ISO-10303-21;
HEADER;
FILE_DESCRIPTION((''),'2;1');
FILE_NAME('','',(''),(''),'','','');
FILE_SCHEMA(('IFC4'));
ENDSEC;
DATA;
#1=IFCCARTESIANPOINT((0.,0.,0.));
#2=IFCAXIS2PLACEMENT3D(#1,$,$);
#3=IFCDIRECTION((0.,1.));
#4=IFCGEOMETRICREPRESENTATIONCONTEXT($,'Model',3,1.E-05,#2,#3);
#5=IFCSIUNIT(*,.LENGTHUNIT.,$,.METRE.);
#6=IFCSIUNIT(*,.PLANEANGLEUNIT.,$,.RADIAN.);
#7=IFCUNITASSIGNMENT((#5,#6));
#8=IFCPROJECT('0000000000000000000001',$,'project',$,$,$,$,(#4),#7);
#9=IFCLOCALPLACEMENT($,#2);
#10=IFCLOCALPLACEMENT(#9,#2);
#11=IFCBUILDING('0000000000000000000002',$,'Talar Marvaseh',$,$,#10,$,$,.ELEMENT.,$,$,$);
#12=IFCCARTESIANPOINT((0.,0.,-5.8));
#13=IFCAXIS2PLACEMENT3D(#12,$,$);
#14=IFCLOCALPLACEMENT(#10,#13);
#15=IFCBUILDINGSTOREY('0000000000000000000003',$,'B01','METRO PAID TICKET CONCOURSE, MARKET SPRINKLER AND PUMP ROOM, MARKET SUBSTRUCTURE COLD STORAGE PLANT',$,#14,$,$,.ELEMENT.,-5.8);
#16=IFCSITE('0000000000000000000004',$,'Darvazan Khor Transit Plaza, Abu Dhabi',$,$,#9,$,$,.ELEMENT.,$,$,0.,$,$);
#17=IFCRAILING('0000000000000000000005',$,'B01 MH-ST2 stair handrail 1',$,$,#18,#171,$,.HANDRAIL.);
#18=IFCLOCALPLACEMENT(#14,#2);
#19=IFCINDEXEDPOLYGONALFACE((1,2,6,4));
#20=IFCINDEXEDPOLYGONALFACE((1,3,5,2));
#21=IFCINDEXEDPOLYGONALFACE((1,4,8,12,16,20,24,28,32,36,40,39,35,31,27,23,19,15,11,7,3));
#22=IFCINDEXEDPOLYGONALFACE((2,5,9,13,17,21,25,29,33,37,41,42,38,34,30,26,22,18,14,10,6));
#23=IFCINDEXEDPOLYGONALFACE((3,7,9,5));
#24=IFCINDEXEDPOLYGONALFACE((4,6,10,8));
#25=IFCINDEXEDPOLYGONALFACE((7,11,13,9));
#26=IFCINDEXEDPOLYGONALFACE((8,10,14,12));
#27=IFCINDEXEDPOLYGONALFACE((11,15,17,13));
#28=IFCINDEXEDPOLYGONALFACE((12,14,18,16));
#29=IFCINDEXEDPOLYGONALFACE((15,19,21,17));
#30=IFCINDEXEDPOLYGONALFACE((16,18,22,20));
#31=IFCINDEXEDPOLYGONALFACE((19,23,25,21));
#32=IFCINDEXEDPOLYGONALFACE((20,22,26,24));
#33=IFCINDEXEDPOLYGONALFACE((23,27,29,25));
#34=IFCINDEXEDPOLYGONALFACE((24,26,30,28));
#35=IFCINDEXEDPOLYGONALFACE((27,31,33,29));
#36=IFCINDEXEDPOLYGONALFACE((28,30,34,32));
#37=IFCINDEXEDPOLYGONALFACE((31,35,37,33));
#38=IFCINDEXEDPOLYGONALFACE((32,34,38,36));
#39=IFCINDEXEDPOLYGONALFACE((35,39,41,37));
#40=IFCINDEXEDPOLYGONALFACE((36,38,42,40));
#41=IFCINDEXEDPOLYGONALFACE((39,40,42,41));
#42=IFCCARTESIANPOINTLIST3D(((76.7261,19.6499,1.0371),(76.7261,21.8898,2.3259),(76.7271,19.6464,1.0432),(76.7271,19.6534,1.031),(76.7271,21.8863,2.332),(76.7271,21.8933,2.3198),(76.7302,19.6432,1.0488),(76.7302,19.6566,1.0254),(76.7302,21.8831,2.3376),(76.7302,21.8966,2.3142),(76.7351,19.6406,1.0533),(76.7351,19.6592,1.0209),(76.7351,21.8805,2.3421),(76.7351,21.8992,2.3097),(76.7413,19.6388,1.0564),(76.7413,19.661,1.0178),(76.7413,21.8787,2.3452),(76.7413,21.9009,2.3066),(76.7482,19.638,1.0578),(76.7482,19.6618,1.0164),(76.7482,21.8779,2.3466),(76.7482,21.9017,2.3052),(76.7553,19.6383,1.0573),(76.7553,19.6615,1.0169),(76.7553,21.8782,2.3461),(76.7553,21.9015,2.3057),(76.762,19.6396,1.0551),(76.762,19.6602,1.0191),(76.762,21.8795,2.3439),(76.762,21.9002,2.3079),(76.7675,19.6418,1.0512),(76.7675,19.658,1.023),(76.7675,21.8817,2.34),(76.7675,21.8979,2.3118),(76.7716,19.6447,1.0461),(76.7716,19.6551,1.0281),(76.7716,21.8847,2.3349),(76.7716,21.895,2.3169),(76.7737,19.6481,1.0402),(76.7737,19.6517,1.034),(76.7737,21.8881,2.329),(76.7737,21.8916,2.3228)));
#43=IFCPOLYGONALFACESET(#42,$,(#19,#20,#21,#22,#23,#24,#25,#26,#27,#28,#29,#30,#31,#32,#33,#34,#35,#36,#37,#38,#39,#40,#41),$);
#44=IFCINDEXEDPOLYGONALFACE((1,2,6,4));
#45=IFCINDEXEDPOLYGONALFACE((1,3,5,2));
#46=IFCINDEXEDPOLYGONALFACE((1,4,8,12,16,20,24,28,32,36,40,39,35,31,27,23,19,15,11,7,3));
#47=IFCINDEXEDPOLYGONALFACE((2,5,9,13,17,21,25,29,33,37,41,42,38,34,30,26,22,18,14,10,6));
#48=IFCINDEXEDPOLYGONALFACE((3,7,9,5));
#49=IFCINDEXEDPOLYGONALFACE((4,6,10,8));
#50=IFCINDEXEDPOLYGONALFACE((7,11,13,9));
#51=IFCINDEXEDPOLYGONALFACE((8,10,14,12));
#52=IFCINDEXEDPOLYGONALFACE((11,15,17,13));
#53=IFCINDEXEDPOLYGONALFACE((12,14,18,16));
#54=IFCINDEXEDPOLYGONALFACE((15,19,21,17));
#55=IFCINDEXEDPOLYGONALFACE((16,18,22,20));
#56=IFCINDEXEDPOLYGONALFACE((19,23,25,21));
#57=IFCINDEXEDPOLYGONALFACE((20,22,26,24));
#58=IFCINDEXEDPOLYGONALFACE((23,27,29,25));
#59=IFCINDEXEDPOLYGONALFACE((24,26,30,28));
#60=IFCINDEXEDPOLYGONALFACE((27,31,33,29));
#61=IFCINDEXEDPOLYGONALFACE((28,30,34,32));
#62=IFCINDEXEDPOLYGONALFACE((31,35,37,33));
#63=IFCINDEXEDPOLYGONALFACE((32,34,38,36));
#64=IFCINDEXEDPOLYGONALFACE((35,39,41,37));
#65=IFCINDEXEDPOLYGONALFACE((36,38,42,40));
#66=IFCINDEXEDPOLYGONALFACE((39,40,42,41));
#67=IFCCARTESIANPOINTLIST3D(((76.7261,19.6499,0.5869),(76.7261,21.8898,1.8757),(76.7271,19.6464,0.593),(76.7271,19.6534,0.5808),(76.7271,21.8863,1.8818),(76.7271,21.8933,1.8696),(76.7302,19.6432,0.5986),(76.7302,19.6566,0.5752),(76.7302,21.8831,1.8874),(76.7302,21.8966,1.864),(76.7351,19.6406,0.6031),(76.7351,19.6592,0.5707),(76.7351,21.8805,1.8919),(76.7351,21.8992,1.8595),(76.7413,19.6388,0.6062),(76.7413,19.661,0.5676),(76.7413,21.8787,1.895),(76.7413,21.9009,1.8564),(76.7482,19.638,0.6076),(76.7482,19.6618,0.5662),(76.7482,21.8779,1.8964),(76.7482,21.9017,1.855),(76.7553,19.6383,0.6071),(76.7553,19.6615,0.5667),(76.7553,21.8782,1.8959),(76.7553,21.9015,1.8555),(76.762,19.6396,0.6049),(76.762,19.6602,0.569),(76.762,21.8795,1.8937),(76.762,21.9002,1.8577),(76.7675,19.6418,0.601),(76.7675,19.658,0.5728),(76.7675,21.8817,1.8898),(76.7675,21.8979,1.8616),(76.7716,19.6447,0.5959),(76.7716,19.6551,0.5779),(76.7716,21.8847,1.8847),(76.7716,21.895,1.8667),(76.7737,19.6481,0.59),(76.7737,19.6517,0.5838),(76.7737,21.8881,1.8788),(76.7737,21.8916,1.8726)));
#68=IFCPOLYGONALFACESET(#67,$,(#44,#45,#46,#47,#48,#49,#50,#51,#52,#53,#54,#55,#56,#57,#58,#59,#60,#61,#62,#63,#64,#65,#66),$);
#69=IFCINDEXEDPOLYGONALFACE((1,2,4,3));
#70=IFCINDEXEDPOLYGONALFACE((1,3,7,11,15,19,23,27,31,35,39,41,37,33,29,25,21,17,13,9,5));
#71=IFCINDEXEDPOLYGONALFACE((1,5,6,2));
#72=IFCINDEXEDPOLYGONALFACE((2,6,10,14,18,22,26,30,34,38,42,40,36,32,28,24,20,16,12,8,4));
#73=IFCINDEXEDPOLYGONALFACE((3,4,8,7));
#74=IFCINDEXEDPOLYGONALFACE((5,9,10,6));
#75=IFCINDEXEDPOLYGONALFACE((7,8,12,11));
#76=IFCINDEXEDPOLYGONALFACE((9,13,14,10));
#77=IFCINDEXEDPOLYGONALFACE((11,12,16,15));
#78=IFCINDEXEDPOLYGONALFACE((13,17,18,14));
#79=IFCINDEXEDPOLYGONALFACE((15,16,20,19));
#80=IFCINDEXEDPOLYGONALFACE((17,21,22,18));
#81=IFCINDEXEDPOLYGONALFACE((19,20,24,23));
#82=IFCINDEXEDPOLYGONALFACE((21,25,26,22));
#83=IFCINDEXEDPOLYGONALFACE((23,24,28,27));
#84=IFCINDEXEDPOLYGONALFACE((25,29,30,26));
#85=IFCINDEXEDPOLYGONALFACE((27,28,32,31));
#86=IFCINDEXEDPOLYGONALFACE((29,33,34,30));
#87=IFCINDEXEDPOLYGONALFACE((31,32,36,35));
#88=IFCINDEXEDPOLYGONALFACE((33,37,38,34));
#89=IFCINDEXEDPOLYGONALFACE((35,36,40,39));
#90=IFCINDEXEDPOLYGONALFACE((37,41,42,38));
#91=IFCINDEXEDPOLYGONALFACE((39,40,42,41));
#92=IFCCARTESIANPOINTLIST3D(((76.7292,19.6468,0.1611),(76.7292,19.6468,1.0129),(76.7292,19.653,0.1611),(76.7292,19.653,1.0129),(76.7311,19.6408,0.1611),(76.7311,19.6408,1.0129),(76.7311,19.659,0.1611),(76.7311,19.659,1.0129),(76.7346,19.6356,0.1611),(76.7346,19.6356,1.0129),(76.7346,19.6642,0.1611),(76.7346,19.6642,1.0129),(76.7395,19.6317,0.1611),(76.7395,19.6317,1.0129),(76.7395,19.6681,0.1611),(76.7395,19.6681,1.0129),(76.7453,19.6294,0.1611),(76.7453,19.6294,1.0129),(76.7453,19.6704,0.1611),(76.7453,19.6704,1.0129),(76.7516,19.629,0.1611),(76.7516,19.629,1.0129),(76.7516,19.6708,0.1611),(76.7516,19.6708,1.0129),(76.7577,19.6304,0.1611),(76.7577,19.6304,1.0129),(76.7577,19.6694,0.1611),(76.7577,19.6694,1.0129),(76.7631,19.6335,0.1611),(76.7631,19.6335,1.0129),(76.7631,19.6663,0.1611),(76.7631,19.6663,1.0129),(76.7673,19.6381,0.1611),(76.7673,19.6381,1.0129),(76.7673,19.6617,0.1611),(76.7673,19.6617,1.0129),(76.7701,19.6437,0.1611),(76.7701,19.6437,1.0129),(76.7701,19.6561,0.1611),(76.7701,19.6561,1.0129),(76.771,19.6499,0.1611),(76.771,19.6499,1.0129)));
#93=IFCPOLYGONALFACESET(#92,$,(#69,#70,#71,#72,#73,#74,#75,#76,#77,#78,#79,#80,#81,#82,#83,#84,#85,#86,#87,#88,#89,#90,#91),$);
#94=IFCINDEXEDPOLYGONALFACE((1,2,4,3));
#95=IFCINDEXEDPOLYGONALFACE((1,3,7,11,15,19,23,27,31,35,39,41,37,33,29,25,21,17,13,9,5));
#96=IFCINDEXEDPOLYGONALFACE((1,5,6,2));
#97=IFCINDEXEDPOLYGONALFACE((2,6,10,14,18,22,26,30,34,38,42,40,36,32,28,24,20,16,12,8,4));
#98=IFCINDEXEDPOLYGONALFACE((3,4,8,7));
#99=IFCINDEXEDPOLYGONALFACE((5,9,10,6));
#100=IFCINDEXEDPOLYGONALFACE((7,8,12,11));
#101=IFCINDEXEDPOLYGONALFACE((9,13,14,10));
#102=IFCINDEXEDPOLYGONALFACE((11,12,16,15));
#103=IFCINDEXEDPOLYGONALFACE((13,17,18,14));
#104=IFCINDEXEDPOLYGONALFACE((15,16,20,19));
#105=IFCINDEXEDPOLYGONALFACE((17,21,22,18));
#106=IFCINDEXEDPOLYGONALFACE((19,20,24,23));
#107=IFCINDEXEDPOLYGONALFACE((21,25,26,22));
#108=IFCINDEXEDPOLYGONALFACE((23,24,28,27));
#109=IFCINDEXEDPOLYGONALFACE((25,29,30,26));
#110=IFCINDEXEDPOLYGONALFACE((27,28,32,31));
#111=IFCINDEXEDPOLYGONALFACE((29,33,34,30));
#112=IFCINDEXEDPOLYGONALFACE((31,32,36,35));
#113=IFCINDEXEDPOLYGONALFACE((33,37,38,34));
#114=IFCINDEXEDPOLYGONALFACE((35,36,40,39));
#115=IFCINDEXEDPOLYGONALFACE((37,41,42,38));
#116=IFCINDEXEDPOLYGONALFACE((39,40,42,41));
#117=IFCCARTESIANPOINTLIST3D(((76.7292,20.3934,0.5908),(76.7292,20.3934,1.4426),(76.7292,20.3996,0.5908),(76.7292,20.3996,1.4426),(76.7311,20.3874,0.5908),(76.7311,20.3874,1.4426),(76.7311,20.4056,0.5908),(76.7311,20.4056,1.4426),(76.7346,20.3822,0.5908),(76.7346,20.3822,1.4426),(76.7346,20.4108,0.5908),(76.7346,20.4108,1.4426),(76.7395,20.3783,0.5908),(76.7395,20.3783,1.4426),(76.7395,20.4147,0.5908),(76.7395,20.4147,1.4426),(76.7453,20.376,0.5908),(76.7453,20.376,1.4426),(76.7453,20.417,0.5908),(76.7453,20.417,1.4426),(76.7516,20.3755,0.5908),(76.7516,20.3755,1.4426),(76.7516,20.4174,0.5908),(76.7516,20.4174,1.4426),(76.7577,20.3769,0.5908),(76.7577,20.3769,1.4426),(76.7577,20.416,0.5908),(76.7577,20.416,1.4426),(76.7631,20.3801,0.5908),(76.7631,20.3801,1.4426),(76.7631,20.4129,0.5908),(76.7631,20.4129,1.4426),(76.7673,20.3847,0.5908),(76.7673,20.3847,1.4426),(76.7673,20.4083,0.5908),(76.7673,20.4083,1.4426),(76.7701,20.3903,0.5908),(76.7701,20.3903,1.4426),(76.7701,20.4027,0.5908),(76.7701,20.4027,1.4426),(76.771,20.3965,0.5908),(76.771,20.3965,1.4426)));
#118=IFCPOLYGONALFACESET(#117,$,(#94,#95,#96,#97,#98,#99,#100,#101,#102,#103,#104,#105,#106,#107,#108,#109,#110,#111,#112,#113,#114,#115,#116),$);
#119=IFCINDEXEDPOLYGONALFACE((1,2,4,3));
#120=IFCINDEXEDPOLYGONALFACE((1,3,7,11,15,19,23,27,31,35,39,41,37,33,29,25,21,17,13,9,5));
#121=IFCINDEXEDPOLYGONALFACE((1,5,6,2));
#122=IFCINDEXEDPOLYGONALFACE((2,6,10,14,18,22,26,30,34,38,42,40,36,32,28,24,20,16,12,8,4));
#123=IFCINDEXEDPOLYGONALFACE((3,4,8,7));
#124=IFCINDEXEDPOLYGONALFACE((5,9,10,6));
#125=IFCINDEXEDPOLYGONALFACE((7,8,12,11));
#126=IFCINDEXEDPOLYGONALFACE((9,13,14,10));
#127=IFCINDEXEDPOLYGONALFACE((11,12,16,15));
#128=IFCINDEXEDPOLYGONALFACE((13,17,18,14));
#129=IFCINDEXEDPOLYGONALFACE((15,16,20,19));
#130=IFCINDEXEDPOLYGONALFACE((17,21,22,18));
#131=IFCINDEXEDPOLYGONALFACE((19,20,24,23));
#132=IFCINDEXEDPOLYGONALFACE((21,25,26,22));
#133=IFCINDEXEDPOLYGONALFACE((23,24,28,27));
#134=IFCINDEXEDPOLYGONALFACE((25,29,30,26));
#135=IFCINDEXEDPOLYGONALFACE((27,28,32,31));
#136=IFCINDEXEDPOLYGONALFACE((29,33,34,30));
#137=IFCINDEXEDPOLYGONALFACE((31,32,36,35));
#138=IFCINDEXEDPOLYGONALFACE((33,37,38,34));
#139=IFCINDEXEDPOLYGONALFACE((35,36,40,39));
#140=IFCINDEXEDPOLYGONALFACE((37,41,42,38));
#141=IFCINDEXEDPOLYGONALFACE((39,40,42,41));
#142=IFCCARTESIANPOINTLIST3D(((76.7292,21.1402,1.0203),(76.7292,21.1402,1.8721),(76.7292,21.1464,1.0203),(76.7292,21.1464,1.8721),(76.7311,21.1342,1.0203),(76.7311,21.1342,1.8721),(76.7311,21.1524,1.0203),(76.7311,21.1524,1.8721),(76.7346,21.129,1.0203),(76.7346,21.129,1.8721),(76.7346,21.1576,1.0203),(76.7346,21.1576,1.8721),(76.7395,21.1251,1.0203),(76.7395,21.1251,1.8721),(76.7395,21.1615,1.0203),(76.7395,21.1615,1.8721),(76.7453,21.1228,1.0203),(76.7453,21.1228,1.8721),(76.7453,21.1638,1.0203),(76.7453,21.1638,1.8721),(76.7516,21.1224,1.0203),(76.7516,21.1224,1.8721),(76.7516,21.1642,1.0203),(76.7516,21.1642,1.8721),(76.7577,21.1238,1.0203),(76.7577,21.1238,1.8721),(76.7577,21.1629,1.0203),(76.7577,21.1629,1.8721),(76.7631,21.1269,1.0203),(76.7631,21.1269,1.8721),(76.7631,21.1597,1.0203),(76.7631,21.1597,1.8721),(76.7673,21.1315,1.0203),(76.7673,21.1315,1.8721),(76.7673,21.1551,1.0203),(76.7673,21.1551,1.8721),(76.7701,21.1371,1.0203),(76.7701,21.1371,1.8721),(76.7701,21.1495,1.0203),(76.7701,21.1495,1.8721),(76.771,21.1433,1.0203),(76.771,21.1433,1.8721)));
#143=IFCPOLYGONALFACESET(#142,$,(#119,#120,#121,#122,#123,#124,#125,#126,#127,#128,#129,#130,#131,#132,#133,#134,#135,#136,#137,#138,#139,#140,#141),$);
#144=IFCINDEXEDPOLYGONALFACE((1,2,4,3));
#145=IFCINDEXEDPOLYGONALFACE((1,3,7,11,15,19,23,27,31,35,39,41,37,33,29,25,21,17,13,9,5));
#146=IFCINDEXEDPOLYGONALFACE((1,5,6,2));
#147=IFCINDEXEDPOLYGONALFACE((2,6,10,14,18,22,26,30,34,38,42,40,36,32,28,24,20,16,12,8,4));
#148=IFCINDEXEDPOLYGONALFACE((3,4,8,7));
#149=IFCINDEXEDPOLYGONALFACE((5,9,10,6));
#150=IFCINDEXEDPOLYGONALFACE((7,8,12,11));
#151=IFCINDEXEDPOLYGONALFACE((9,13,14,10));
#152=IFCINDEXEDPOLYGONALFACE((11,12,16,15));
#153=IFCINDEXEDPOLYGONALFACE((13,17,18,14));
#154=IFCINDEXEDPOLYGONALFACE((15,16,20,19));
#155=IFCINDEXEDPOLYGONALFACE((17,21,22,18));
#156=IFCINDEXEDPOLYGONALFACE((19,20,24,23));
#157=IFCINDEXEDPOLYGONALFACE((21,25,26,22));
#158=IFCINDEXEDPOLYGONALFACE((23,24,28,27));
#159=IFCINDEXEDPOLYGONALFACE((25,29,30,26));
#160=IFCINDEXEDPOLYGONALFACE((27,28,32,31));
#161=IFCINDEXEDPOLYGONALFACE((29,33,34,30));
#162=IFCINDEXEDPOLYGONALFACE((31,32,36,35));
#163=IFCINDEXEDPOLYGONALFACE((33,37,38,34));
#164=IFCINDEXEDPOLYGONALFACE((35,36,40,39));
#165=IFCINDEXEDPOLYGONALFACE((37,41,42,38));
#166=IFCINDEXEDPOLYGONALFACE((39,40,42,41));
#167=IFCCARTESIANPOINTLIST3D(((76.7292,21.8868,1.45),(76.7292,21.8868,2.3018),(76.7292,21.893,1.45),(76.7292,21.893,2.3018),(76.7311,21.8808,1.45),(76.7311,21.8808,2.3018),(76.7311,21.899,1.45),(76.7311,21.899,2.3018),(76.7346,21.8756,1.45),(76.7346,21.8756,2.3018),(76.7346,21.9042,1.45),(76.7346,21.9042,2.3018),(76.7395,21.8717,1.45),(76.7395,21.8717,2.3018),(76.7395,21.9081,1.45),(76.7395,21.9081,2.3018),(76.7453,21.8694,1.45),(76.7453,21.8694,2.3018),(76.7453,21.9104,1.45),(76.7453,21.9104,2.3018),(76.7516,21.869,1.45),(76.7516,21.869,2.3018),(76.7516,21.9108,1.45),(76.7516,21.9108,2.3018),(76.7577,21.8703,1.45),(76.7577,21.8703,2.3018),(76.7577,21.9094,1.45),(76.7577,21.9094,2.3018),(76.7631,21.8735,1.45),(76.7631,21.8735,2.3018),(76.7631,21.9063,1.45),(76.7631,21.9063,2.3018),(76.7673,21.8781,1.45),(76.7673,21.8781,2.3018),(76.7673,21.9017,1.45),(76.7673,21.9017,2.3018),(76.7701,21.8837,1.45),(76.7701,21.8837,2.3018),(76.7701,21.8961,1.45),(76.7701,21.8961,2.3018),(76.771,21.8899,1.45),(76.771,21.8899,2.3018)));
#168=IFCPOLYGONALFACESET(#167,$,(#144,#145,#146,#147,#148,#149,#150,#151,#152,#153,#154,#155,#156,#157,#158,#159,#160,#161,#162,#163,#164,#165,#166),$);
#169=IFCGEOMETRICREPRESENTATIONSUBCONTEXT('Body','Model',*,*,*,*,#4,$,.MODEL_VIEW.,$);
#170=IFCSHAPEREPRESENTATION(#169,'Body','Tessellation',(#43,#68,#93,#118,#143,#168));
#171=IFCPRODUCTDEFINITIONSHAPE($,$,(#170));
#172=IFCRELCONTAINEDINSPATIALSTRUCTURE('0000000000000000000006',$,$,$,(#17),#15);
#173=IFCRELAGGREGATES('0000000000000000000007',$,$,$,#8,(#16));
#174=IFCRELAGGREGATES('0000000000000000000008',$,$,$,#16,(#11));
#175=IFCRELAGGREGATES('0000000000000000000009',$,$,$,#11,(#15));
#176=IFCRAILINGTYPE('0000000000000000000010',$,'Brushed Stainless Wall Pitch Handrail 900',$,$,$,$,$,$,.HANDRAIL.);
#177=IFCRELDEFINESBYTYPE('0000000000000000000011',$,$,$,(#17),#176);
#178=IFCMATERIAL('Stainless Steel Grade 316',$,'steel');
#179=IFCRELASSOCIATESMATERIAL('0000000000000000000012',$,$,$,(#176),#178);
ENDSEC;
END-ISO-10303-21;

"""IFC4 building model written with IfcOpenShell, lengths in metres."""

from ifc_helpers import new_model, si_unit, direction, frame, origin, origin_2d, place, context, subcontext, project, spatial, circle, extrude, material, type_object, element, save


model = new_model("IFC4")

# Units and contexts
model_context = context("Model", 3, precision=1e-05, world=origin(), true_north=direction((0.0, 1.0)))
body_context = subcontext(model_context, "Body", "Model", "MODEL_VIEW")
ifc_project = project(units=[si_unit("LENGTHUNIT", "METRE"), si_unit("PLANEANGLEUNIT", "RADIAN")], contexts=[model_context])

# Site, building, storey
site_placement = place(None, origin())
site = spatial("IfcSite", under=ifc_project, at=site_placement, Name="Darvazan Khor Transit Plaza, Abu Dhabi", CompositionType="ELEMENT", RefElevation=0.0)
building_placement = place(site_placement, origin())
building = spatial("IfcBuilding", under=site, at=building_placement, Name="Talar Marvaseh", CompositionType="ELEMENT")
storey_placement = place(building_placement, frame((0.0, 0.0, -5.8)))
storey = spatial("IfcBuildingStorey", under=building, at=storey_placement, Name="B01", Description="METRO PAID TICKET CONCOURSE, MARKET SPRINKLER AND PUMP ROOM, MARKET SUBSTRUCTURE COLD STORAGE PLANT", CompositionType="ELEMENT", Elevation=-5.8)

# Railing
ifc_material_1 = material(Name="Stainless Steel Grade 316", Category="steel")
railing_type_1 = type_object("IfcRailingType", Name="Brushed Stainless Wall Pitch Handrail 900", PredefinedType="HANDRAIL", material=ifc_material_1)
railing_1_placement = place(storey_placement, frame((76.75, 19.6499, 0.1611)))
element("IfcRailing", 1, at=railing_1_placement, inside=storey, type_object=railing_type_1, Name="B01 MH-ST2 stair handrail 1", PredefinedType="HANDRAIL", context=body_context, shape_type="SweptSolid", body=[
    extrude(circle(Radius=0.0239, at=origin_2d()), frame((0.0, 0.0, 0.876), z_axis=(0.0, 0.866768, 0.498711), x_axis=(-1.0, 0.0, 0.0)), (0.0, 0.0, 1.0), 2.5842),
    extrude(circle(Radius=0.0239, at=origin_2d()), frame((0.0, 0.0, 0.4258), z_axis=(0.0, 0.866768, 0.498711), x_axis=(-1.0, 0.0, 0.0)), (0.0, 0.0, 1.0), 2.5842),
    extrude(circle(Radius=0.021, at=origin_2d()), origin(), (0.0, 0.0, 1.0), 0.8518),
    extrude(circle(Radius=0.021, at=origin_2d()), frame((0.0, 0.7466, 0.4297)), (0.0, 0.0, 1.0), 0.8518),
    extrude(circle(Radius=0.021, at=origin_2d()), frame((0.0, 1.4934, 0.8591)), (0.0, 0.0, 1.0), 0.8518),
    extrude(circle(Radius=0.021, at=origin_2d()), frame((0.0, 2.24, 1.2888)), (0.0, 0.0, 1.0), 0.8518),
])

save(model, "model.ifc")
